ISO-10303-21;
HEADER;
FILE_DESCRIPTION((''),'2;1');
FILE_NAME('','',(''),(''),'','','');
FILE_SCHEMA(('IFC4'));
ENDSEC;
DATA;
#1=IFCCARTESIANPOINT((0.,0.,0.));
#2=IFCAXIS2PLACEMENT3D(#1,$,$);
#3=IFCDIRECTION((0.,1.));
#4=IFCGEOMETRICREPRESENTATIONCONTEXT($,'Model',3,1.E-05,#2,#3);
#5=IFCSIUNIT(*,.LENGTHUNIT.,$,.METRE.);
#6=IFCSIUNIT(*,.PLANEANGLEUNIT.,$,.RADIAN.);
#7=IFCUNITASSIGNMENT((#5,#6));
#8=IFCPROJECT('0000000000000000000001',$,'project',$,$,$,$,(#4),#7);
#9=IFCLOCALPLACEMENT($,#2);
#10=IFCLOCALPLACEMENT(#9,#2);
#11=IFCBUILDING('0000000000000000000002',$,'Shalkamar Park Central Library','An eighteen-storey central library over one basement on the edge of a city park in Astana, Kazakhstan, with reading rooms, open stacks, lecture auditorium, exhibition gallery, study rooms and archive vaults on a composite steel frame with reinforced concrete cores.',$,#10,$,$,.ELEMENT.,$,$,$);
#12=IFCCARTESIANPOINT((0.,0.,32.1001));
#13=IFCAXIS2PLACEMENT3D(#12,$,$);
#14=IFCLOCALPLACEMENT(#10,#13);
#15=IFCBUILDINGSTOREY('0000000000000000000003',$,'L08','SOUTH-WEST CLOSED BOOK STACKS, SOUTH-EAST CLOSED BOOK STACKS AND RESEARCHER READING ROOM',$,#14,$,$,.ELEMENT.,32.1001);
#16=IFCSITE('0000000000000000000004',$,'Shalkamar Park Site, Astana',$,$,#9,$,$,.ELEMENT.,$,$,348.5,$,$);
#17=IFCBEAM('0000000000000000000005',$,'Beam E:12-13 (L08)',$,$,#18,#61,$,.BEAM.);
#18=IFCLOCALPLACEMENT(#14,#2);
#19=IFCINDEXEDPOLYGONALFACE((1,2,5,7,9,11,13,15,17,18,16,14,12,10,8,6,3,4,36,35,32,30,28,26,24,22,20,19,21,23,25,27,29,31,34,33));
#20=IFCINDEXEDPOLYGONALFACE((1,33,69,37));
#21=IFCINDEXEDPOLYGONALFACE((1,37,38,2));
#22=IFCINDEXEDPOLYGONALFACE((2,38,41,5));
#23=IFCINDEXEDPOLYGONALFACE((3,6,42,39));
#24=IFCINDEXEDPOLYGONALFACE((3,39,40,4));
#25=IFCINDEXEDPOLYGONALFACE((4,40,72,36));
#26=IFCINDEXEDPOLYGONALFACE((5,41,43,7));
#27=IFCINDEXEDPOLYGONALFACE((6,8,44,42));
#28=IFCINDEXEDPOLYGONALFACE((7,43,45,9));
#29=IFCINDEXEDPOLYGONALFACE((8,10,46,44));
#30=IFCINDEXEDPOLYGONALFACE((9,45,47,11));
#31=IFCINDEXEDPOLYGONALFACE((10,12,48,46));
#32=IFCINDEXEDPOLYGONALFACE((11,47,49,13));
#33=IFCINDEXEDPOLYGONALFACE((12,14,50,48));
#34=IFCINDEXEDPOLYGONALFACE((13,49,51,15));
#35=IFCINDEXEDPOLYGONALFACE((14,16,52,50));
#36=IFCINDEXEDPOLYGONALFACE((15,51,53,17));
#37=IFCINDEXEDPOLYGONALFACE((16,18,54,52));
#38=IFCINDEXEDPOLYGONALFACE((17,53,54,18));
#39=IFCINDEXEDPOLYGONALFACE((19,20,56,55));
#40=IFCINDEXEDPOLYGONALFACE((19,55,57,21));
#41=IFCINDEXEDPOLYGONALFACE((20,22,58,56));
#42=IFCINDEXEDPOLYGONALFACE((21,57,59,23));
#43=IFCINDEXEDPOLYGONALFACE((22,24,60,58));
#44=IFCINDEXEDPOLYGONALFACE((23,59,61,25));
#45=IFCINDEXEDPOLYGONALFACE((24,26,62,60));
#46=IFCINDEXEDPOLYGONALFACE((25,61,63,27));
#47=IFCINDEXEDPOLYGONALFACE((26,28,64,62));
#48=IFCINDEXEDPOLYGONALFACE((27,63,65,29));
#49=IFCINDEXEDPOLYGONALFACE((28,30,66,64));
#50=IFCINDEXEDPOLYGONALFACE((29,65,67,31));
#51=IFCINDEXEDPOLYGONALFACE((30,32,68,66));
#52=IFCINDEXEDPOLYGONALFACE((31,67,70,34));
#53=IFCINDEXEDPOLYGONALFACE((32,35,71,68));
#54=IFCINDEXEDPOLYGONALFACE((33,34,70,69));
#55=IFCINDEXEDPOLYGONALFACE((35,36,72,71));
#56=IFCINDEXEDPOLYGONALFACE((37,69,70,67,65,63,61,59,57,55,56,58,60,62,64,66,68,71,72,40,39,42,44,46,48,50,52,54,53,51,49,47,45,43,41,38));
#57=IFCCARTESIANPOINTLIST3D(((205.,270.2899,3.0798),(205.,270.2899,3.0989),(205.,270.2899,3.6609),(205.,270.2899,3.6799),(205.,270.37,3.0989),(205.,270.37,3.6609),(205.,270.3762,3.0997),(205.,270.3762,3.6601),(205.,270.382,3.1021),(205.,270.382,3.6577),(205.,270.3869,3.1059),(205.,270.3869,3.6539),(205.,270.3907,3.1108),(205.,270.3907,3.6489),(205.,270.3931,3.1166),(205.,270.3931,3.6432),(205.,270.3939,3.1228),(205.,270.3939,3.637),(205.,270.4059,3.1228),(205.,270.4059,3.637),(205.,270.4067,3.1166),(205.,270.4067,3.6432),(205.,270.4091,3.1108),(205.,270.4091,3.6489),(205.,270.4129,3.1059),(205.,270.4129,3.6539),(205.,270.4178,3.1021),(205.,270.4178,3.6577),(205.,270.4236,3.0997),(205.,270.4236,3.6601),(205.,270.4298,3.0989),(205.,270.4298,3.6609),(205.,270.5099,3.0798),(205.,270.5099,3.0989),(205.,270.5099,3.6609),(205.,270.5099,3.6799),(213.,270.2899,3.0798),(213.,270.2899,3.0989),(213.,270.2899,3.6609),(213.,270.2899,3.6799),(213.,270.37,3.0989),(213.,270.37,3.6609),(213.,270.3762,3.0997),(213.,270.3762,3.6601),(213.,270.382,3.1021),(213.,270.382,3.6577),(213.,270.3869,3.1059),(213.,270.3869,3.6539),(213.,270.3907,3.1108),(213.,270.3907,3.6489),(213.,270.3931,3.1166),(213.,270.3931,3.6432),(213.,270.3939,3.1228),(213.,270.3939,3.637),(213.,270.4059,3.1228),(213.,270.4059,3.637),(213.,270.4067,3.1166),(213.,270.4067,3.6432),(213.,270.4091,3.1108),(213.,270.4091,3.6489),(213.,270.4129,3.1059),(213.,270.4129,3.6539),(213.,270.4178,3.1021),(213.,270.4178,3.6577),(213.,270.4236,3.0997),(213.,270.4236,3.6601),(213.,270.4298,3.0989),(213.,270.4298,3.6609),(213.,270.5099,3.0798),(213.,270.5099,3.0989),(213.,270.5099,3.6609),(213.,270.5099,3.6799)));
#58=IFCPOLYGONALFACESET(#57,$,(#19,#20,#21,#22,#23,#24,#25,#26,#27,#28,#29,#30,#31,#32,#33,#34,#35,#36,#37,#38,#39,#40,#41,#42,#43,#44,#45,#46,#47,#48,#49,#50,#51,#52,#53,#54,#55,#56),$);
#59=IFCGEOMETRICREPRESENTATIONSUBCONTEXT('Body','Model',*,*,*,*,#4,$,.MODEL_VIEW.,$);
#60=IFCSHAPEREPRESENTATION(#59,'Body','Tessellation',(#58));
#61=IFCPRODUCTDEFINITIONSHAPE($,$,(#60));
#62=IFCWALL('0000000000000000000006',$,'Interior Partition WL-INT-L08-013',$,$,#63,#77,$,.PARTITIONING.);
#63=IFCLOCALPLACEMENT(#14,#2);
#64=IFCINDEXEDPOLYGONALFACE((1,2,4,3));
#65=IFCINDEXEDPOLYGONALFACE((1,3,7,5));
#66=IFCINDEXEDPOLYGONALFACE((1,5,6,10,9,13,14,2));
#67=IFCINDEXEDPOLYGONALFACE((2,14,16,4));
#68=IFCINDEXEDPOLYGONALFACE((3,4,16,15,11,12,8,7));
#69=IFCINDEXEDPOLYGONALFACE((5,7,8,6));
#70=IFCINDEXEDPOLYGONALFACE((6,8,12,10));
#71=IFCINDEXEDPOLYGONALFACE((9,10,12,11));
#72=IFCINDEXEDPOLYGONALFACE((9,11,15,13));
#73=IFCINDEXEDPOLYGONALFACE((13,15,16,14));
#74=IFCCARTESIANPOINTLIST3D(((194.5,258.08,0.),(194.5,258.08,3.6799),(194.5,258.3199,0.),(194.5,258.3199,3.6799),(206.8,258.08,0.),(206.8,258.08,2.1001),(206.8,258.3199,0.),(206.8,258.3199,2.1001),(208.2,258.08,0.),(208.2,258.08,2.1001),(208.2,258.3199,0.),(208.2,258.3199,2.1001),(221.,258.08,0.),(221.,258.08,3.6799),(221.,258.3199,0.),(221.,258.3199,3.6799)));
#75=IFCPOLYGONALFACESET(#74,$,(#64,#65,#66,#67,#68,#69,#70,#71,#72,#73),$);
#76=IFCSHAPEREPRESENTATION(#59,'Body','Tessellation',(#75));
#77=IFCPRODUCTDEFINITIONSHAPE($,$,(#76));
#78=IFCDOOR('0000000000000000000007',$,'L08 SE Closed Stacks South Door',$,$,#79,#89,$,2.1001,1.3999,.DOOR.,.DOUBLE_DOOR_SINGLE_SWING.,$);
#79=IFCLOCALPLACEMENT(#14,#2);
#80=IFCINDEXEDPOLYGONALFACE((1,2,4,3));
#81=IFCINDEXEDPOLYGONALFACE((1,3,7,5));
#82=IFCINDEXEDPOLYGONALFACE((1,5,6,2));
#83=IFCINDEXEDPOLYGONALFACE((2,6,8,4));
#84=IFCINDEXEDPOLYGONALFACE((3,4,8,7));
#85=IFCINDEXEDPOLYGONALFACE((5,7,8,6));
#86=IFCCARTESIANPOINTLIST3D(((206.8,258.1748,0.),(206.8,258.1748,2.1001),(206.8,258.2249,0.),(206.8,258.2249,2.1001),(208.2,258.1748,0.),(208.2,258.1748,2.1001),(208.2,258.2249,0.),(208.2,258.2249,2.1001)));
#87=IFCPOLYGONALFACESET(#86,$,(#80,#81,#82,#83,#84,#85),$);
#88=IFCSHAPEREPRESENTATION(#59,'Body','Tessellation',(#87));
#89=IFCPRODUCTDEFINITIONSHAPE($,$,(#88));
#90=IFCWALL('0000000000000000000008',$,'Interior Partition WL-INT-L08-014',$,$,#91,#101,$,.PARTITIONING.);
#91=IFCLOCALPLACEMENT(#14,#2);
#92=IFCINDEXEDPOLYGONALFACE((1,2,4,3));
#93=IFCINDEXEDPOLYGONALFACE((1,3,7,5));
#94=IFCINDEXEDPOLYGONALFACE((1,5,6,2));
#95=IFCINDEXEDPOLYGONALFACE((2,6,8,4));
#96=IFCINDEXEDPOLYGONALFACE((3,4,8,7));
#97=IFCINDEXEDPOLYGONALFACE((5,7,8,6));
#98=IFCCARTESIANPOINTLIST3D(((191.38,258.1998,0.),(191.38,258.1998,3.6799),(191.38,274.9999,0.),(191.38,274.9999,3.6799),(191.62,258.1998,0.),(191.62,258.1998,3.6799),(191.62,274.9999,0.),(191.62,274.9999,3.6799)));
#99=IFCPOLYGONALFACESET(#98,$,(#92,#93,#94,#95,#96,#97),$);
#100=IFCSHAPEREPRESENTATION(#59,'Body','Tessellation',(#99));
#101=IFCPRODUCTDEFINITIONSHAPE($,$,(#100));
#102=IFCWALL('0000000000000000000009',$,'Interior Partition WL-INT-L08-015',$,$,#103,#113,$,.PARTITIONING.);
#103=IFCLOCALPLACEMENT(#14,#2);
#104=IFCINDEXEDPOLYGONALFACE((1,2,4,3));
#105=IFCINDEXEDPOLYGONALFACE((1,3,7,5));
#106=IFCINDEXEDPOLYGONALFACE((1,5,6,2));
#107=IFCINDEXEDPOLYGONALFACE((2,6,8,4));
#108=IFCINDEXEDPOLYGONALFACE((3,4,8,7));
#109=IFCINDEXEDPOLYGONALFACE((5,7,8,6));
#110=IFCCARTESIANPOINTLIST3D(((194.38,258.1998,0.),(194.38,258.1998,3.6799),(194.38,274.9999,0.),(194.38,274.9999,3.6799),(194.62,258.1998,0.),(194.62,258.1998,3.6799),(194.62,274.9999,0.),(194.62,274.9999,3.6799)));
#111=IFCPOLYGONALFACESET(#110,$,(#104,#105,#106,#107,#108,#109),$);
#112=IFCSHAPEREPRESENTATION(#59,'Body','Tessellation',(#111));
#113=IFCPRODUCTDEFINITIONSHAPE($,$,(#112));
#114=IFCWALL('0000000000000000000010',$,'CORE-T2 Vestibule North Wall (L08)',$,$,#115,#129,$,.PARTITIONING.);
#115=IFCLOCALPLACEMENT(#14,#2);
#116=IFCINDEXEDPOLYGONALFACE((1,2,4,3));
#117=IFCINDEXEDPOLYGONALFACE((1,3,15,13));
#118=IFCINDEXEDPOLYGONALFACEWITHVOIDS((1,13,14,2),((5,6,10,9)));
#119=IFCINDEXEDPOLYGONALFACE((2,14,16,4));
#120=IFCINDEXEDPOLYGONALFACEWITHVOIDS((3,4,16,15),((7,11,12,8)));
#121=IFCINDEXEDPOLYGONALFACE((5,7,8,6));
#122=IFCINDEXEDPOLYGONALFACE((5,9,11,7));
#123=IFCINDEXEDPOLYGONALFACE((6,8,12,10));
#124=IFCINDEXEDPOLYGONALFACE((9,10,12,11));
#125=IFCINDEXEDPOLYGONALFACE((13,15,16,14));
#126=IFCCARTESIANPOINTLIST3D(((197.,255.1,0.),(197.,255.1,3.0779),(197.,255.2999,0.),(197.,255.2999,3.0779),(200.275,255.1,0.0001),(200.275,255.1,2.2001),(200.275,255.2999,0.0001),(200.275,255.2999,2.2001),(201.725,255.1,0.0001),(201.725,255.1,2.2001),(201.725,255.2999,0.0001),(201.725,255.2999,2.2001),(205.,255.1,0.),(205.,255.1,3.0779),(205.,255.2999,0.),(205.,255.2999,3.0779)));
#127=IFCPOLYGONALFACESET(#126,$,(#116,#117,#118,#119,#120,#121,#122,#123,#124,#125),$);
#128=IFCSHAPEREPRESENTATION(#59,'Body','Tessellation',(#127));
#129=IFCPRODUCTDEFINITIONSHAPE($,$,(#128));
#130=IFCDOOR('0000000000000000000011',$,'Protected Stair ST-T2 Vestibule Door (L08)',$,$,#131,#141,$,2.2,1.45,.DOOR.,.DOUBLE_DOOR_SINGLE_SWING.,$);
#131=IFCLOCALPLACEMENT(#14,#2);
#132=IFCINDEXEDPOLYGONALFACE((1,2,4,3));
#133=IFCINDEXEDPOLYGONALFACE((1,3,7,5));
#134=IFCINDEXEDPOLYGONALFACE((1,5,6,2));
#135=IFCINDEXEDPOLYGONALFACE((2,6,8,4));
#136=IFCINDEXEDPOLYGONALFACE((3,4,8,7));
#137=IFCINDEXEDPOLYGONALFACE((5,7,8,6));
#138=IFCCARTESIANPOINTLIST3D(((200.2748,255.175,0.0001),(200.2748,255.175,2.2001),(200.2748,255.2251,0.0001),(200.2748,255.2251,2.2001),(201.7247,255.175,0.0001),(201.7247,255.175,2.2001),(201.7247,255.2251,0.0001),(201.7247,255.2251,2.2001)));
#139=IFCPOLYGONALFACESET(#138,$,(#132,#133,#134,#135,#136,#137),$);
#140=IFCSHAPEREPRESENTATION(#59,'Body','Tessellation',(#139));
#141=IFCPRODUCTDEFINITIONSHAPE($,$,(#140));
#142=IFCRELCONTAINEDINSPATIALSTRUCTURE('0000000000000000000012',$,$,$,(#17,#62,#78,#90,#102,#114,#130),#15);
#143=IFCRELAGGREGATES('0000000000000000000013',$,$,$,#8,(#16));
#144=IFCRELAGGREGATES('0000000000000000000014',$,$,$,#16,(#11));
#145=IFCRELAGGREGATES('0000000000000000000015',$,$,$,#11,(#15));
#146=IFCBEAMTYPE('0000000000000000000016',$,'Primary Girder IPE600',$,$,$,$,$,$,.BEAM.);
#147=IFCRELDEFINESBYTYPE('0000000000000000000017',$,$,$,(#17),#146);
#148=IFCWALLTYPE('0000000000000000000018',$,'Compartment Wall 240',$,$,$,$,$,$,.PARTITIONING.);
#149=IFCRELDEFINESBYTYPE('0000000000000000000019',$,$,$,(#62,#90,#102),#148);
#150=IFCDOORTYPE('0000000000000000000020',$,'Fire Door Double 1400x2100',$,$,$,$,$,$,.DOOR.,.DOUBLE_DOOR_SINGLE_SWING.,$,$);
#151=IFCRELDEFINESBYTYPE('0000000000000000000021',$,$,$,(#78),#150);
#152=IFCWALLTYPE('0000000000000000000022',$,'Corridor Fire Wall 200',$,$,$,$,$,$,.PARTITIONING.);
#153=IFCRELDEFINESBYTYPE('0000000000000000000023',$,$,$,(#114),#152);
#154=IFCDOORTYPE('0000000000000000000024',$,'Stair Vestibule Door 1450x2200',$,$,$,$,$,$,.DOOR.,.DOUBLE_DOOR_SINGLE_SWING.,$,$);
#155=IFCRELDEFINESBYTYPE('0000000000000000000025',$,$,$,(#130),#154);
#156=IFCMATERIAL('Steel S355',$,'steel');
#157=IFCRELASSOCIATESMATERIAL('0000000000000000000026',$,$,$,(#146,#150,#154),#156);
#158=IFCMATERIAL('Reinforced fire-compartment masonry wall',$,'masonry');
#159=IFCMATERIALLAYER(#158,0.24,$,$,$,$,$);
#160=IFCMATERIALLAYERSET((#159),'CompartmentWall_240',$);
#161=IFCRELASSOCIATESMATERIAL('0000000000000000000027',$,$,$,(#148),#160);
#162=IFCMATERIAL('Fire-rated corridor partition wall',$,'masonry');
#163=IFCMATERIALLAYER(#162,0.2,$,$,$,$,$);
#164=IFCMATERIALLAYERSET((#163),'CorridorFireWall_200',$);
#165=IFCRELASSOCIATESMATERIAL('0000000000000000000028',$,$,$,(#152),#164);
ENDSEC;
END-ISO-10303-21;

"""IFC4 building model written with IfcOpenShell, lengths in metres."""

from ifc_helpers import new_model, si_unit, direction, frame, frame_2d, origin, origin_2d, place, context, subcontext, project, spatial, rectangle, i_section, extrude, material, layer, layer_set, material_profile, profile_set, type_object, element, fill, save


model = new_model("IFC4")

# Units and contexts
model_context = context("Model", 3, precision=1e-05, world=origin(), true_north=direction((0.0, 1.0)))
body_context = subcontext(model_context, "Body", "Model", "MODEL_VIEW")
ifc_project = project(units=[si_unit("LENGTHUNIT", "METRE"), si_unit("PLANEANGLEUNIT", "RADIAN")], contexts=[model_context])

# Site, building, storey
site_placement = place(None, origin())
site = spatial("IfcSite", under=ifc_project, at=site_placement, Name="Shalkamar Park Site, Astana", CompositionType="ELEMENT", RefElevation=348.5)
building_placement = place(site_placement, origin())
building = spatial("IfcBuilding", under=site, at=building_placement, Name="Shalkamar Park Central Library", Description="An eighteen-storey central library over one basement on the edge of a city park in Astana, Kazakhstan, with reading rooms, open stacks, lecture auditorium, exhibition gallery, study rooms and archive vaults on a composite steel frame with reinforced concrete cores.", CompositionType="ELEMENT")
storey_placement = place(building_placement, frame((0.0, 0.0, 32.1001)))
storey = spatial("IfcBuildingStorey", under=building, at=storey_placement, Name="L08", Description="SOUTH-WEST CLOSED BOOK STACKS, SOUTH-EAST CLOSED BOOK STACKS AND RESEARCHER READING ROOM", CompositionType="ELEMENT", Elevation=32.1001)

# Shared definitions
ifc_material_1 = material(Name="Steel S355", Category="steel")

# Beam
ifc_material_profile_1 = material_profile(ifc_material_1, i_section(OverallWidth=0.22, OverallDepth=0.6001, WebThickness=0.012, FlangeThickness=0.019, FilletRadius=0.0239, at=origin_2d()), Name="IPE 600")
ifc_profile_set_1 = profile_set([ifc_material_profile_1], Name="Steel S355")
beam_type_1 = type_object("IfcBeamType", Name="Primary Girder IPE600", PredefinedType="BEAM", material=ifc_profile_set_1)
for number, where, z_axis, x_axis, name in (
    (1, (205.0, 270.3999, 3.3799), (1.0, 0.0, 0.0), (0.0, 1.0, 0.0), "Beam E:12-13 (L08)"),
):
    element("IfcBeam", number, at=place(storey_placement, frame(where, z_axis=z_axis, x_axis=x_axis)), inside=storey, type_object=beam_type_1, Name=name, PredefinedType="BEAM", context=body_context, shape_type="SweptSolid", body=[
        extrude(i_section(OverallWidth=0.22, OverallDepth=0.6001, WebThickness=0.012, FlangeThickness=0.019, FilletRadius=0.0239, at=origin_2d()), origin(), (0.0, 0.0, 1.0), 8.0),
    ])

# Wall, opening, door
ifc_material_2 = material(Name="Reinforced fire-compartment masonry wall", Category="masonry")
ifc_layer_1 = layer(ifc_material_2, 0.24)
ifc_layer_set_1 = layer_set([ifc_layer_1], Name="CompartmentWall_240")
wall_type_1 = type_object("IfcWallType", Name="Compartment Wall 240", PredefinedType="PARTITIONING", material=ifc_layer_set_1)
wall_1_placement = place(storey_placement, frame((194.5, 258.2, 0.0), z_axis=(0.0, 0.0, 1.0), x_axis=(1.0, 0.0, 0.0)))
wall_1 = element("IfcWall", 2, at=wall_1_placement, inside=storey, type_object=wall_type_1, Name="Interior Partition WL-INT-L08-013", PredefinedType="PARTITIONING", context=body_context, shape_type="SweptSolid", body=[
    extrude(rectangle(XDim=26.5, YDim=0.24, at=frame_2d((13.25, 0.0))), origin(), (0.0, 0.0, 1.0), 3.6799),
])
opening_1_placement = place(wall_1_placement, frame((12.3, 0.0, 0.0)))
opening_1 = element("IfcOpeningElement", 3, at=opening_1_placement, cuts=wall_1, PredefinedType="OPENING", context=body_context, shape_type="SweptSolid", body=[
    extrude(rectangle(XDim=1.3999, YDim=2.1001, at=frame_2d((0.7, 1.05))), frame((0.0, 0.1348, 0.0), z_axis=(0.0, -1.0, 0.0), x_axis=(1.0, 0.0, 0.0)), (0.0, 0.0, 1.0), 0.2698),
])
door_type_1 = type_object("IfcDoorType", Name="Fire Door Double 1400x2100", OperationType="DOUBLE_DOOR_SINGLE_SWING", PredefinedType="DOOR", material=ifc_material_1)
door_1_placement = place(opening_1_placement, origin())
door_1 = element("IfcDoor", 4, at=door_1_placement, inside=storey, type_object=door_type_1, Name="L08 SE Closed Stacks South Door", OperationType="DOUBLE_DOOR_SINGLE_SWING", OverallHeight=2.1001, OverallWidth=1.3999, PredefinedType="DOOR", context=body_context, shape_type="SweptSolid", body=[
    extrude(rectangle(XDim=1.3999, YDim=2.1001, at=frame_2d((0.7, 1.05))), frame((0.0, 0.0249, 0.0), z_axis=(0.0, -1.0, 0.0), x_axis=(1.0, 0.0, 0.0)), (0.0, 0.0, 1.0), 0.05),
])
fill(opening_1, door_1)

# Walls
for number, where, z_axis, x_axis, name in (
    (5, (191.5, 258.2, 0.0), (0.0, 0.0, 1.0), (0.0, 1.0, 0.0), "Interior Partition WL-INT-L08-014"),
    (6, (194.5, 258.2, 0.0), (0.0, 0.0, 1.0), (0.0, 1.0, 0.0), "Interior Partition WL-INT-L08-015"),
):
    element("IfcWall", number, at=place(storey_placement, frame(where, z_axis=z_axis, x_axis=x_axis)), inside=storey, type_object=wall_type_1, Name=name, PredefinedType="PARTITIONING", context=body_context, shape_type="SweptSolid", body=[
        extrude(rectangle(XDim=16.8, YDim=0.24, at=frame_2d((8.3999, 0.0))), origin(), (0.0, 0.0, 1.0), 3.6799),
    ])

# Wall, opening, door
ifc_material_3 = material(Name="Fire-rated corridor partition wall", Category="masonry")
ifc_layer_2 = layer(ifc_material_3, 0.2)
ifc_layer_set_2 = layer_set([ifc_layer_2], Name="CorridorFireWall_200")
wall_type_2 = type_object("IfcWallType", Name="Corridor Fire Wall 200", PredefinedType="PARTITIONING", material=ifc_layer_set_2)
wall_2_placement = place(storey_placement, frame((197.0, 255.2, 0.0), z_axis=(0.0, 0.0, 1.0), x_axis=(1.0, 0.0, 0.0)))
wall_2 = element("IfcWall", 7, at=wall_2_placement, inside=storey, type_object=wall_type_2, Name="CORE-T2 Vestibule North Wall (L08)", PredefinedType="PARTITIONING", context=body_context, shape_type="SweptSolid", body=[
    extrude(rectangle(XDim=8.0, YDim=0.2, at=frame_2d((4.0, 0.0))), origin(), (0.0, 0.0, 1.0), 3.0779),
])
opening_2_placement = place(wall_2_placement, frame((3.2749, 0.0, 0.0)))
opening_2 = element("IfcOpeningElement", 8, at=opening_2_placement, cuts=wall_2, PredefinedType="OPENING", context=body_context, shape_type="SweptSolid", body=[
    extrude(rectangle(XDim=1.45, YDim=2.2, at=frame_2d((0.7251, 1.1001))), frame((0.0, 0.1147, 0.0), z_axis=(0.0, -1.0, 0.0), x_axis=(1.0, 0.0, 0.0)), (0.0, 0.0, 1.0), 0.2297),
])
door_type_2 = type_object("IfcDoorType", Name="Stair Vestibule Door 1450x2200", OperationType="DOUBLE_DOOR_SINGLE_SWING", PredefinedType="DOOR", material=ifc_material_1)
door_2_placement = place(opening_2_placement, frame((1.45, 0.0, 0.0), z_axis=(0.0, 0.0, 1.0), x_axis=(-1.0, 0.0, 0.0)))
door_2 = element("IfcDoor", 9, at=door_2_placement, inside=storey, type_object=door_type_2, Name="Protected Stair ST-T2 Vestibule Door (L08)", OperationType="DOUBLE_DOOR_SINGLE_SWING", OverallHeight=2.2, OverallWidth=1.45, PredefinedType="DOOR", context=body_context, shape_type="SweptSolid", body=[
    extrude(rectangle(XDim=1.45, YDim=2.2, at=frame_2d((0.7251, 1.1001))), frame((0.0, 0.0249, 0.0), z_axis=(0.0, -1.0, 0.0), x_axis=(1.0, 0.0, 0.0)), (0.0, 0.0, 1.0), 0.05),
])
fill(opening_2, door_2)

save(model, "model.ifc")
